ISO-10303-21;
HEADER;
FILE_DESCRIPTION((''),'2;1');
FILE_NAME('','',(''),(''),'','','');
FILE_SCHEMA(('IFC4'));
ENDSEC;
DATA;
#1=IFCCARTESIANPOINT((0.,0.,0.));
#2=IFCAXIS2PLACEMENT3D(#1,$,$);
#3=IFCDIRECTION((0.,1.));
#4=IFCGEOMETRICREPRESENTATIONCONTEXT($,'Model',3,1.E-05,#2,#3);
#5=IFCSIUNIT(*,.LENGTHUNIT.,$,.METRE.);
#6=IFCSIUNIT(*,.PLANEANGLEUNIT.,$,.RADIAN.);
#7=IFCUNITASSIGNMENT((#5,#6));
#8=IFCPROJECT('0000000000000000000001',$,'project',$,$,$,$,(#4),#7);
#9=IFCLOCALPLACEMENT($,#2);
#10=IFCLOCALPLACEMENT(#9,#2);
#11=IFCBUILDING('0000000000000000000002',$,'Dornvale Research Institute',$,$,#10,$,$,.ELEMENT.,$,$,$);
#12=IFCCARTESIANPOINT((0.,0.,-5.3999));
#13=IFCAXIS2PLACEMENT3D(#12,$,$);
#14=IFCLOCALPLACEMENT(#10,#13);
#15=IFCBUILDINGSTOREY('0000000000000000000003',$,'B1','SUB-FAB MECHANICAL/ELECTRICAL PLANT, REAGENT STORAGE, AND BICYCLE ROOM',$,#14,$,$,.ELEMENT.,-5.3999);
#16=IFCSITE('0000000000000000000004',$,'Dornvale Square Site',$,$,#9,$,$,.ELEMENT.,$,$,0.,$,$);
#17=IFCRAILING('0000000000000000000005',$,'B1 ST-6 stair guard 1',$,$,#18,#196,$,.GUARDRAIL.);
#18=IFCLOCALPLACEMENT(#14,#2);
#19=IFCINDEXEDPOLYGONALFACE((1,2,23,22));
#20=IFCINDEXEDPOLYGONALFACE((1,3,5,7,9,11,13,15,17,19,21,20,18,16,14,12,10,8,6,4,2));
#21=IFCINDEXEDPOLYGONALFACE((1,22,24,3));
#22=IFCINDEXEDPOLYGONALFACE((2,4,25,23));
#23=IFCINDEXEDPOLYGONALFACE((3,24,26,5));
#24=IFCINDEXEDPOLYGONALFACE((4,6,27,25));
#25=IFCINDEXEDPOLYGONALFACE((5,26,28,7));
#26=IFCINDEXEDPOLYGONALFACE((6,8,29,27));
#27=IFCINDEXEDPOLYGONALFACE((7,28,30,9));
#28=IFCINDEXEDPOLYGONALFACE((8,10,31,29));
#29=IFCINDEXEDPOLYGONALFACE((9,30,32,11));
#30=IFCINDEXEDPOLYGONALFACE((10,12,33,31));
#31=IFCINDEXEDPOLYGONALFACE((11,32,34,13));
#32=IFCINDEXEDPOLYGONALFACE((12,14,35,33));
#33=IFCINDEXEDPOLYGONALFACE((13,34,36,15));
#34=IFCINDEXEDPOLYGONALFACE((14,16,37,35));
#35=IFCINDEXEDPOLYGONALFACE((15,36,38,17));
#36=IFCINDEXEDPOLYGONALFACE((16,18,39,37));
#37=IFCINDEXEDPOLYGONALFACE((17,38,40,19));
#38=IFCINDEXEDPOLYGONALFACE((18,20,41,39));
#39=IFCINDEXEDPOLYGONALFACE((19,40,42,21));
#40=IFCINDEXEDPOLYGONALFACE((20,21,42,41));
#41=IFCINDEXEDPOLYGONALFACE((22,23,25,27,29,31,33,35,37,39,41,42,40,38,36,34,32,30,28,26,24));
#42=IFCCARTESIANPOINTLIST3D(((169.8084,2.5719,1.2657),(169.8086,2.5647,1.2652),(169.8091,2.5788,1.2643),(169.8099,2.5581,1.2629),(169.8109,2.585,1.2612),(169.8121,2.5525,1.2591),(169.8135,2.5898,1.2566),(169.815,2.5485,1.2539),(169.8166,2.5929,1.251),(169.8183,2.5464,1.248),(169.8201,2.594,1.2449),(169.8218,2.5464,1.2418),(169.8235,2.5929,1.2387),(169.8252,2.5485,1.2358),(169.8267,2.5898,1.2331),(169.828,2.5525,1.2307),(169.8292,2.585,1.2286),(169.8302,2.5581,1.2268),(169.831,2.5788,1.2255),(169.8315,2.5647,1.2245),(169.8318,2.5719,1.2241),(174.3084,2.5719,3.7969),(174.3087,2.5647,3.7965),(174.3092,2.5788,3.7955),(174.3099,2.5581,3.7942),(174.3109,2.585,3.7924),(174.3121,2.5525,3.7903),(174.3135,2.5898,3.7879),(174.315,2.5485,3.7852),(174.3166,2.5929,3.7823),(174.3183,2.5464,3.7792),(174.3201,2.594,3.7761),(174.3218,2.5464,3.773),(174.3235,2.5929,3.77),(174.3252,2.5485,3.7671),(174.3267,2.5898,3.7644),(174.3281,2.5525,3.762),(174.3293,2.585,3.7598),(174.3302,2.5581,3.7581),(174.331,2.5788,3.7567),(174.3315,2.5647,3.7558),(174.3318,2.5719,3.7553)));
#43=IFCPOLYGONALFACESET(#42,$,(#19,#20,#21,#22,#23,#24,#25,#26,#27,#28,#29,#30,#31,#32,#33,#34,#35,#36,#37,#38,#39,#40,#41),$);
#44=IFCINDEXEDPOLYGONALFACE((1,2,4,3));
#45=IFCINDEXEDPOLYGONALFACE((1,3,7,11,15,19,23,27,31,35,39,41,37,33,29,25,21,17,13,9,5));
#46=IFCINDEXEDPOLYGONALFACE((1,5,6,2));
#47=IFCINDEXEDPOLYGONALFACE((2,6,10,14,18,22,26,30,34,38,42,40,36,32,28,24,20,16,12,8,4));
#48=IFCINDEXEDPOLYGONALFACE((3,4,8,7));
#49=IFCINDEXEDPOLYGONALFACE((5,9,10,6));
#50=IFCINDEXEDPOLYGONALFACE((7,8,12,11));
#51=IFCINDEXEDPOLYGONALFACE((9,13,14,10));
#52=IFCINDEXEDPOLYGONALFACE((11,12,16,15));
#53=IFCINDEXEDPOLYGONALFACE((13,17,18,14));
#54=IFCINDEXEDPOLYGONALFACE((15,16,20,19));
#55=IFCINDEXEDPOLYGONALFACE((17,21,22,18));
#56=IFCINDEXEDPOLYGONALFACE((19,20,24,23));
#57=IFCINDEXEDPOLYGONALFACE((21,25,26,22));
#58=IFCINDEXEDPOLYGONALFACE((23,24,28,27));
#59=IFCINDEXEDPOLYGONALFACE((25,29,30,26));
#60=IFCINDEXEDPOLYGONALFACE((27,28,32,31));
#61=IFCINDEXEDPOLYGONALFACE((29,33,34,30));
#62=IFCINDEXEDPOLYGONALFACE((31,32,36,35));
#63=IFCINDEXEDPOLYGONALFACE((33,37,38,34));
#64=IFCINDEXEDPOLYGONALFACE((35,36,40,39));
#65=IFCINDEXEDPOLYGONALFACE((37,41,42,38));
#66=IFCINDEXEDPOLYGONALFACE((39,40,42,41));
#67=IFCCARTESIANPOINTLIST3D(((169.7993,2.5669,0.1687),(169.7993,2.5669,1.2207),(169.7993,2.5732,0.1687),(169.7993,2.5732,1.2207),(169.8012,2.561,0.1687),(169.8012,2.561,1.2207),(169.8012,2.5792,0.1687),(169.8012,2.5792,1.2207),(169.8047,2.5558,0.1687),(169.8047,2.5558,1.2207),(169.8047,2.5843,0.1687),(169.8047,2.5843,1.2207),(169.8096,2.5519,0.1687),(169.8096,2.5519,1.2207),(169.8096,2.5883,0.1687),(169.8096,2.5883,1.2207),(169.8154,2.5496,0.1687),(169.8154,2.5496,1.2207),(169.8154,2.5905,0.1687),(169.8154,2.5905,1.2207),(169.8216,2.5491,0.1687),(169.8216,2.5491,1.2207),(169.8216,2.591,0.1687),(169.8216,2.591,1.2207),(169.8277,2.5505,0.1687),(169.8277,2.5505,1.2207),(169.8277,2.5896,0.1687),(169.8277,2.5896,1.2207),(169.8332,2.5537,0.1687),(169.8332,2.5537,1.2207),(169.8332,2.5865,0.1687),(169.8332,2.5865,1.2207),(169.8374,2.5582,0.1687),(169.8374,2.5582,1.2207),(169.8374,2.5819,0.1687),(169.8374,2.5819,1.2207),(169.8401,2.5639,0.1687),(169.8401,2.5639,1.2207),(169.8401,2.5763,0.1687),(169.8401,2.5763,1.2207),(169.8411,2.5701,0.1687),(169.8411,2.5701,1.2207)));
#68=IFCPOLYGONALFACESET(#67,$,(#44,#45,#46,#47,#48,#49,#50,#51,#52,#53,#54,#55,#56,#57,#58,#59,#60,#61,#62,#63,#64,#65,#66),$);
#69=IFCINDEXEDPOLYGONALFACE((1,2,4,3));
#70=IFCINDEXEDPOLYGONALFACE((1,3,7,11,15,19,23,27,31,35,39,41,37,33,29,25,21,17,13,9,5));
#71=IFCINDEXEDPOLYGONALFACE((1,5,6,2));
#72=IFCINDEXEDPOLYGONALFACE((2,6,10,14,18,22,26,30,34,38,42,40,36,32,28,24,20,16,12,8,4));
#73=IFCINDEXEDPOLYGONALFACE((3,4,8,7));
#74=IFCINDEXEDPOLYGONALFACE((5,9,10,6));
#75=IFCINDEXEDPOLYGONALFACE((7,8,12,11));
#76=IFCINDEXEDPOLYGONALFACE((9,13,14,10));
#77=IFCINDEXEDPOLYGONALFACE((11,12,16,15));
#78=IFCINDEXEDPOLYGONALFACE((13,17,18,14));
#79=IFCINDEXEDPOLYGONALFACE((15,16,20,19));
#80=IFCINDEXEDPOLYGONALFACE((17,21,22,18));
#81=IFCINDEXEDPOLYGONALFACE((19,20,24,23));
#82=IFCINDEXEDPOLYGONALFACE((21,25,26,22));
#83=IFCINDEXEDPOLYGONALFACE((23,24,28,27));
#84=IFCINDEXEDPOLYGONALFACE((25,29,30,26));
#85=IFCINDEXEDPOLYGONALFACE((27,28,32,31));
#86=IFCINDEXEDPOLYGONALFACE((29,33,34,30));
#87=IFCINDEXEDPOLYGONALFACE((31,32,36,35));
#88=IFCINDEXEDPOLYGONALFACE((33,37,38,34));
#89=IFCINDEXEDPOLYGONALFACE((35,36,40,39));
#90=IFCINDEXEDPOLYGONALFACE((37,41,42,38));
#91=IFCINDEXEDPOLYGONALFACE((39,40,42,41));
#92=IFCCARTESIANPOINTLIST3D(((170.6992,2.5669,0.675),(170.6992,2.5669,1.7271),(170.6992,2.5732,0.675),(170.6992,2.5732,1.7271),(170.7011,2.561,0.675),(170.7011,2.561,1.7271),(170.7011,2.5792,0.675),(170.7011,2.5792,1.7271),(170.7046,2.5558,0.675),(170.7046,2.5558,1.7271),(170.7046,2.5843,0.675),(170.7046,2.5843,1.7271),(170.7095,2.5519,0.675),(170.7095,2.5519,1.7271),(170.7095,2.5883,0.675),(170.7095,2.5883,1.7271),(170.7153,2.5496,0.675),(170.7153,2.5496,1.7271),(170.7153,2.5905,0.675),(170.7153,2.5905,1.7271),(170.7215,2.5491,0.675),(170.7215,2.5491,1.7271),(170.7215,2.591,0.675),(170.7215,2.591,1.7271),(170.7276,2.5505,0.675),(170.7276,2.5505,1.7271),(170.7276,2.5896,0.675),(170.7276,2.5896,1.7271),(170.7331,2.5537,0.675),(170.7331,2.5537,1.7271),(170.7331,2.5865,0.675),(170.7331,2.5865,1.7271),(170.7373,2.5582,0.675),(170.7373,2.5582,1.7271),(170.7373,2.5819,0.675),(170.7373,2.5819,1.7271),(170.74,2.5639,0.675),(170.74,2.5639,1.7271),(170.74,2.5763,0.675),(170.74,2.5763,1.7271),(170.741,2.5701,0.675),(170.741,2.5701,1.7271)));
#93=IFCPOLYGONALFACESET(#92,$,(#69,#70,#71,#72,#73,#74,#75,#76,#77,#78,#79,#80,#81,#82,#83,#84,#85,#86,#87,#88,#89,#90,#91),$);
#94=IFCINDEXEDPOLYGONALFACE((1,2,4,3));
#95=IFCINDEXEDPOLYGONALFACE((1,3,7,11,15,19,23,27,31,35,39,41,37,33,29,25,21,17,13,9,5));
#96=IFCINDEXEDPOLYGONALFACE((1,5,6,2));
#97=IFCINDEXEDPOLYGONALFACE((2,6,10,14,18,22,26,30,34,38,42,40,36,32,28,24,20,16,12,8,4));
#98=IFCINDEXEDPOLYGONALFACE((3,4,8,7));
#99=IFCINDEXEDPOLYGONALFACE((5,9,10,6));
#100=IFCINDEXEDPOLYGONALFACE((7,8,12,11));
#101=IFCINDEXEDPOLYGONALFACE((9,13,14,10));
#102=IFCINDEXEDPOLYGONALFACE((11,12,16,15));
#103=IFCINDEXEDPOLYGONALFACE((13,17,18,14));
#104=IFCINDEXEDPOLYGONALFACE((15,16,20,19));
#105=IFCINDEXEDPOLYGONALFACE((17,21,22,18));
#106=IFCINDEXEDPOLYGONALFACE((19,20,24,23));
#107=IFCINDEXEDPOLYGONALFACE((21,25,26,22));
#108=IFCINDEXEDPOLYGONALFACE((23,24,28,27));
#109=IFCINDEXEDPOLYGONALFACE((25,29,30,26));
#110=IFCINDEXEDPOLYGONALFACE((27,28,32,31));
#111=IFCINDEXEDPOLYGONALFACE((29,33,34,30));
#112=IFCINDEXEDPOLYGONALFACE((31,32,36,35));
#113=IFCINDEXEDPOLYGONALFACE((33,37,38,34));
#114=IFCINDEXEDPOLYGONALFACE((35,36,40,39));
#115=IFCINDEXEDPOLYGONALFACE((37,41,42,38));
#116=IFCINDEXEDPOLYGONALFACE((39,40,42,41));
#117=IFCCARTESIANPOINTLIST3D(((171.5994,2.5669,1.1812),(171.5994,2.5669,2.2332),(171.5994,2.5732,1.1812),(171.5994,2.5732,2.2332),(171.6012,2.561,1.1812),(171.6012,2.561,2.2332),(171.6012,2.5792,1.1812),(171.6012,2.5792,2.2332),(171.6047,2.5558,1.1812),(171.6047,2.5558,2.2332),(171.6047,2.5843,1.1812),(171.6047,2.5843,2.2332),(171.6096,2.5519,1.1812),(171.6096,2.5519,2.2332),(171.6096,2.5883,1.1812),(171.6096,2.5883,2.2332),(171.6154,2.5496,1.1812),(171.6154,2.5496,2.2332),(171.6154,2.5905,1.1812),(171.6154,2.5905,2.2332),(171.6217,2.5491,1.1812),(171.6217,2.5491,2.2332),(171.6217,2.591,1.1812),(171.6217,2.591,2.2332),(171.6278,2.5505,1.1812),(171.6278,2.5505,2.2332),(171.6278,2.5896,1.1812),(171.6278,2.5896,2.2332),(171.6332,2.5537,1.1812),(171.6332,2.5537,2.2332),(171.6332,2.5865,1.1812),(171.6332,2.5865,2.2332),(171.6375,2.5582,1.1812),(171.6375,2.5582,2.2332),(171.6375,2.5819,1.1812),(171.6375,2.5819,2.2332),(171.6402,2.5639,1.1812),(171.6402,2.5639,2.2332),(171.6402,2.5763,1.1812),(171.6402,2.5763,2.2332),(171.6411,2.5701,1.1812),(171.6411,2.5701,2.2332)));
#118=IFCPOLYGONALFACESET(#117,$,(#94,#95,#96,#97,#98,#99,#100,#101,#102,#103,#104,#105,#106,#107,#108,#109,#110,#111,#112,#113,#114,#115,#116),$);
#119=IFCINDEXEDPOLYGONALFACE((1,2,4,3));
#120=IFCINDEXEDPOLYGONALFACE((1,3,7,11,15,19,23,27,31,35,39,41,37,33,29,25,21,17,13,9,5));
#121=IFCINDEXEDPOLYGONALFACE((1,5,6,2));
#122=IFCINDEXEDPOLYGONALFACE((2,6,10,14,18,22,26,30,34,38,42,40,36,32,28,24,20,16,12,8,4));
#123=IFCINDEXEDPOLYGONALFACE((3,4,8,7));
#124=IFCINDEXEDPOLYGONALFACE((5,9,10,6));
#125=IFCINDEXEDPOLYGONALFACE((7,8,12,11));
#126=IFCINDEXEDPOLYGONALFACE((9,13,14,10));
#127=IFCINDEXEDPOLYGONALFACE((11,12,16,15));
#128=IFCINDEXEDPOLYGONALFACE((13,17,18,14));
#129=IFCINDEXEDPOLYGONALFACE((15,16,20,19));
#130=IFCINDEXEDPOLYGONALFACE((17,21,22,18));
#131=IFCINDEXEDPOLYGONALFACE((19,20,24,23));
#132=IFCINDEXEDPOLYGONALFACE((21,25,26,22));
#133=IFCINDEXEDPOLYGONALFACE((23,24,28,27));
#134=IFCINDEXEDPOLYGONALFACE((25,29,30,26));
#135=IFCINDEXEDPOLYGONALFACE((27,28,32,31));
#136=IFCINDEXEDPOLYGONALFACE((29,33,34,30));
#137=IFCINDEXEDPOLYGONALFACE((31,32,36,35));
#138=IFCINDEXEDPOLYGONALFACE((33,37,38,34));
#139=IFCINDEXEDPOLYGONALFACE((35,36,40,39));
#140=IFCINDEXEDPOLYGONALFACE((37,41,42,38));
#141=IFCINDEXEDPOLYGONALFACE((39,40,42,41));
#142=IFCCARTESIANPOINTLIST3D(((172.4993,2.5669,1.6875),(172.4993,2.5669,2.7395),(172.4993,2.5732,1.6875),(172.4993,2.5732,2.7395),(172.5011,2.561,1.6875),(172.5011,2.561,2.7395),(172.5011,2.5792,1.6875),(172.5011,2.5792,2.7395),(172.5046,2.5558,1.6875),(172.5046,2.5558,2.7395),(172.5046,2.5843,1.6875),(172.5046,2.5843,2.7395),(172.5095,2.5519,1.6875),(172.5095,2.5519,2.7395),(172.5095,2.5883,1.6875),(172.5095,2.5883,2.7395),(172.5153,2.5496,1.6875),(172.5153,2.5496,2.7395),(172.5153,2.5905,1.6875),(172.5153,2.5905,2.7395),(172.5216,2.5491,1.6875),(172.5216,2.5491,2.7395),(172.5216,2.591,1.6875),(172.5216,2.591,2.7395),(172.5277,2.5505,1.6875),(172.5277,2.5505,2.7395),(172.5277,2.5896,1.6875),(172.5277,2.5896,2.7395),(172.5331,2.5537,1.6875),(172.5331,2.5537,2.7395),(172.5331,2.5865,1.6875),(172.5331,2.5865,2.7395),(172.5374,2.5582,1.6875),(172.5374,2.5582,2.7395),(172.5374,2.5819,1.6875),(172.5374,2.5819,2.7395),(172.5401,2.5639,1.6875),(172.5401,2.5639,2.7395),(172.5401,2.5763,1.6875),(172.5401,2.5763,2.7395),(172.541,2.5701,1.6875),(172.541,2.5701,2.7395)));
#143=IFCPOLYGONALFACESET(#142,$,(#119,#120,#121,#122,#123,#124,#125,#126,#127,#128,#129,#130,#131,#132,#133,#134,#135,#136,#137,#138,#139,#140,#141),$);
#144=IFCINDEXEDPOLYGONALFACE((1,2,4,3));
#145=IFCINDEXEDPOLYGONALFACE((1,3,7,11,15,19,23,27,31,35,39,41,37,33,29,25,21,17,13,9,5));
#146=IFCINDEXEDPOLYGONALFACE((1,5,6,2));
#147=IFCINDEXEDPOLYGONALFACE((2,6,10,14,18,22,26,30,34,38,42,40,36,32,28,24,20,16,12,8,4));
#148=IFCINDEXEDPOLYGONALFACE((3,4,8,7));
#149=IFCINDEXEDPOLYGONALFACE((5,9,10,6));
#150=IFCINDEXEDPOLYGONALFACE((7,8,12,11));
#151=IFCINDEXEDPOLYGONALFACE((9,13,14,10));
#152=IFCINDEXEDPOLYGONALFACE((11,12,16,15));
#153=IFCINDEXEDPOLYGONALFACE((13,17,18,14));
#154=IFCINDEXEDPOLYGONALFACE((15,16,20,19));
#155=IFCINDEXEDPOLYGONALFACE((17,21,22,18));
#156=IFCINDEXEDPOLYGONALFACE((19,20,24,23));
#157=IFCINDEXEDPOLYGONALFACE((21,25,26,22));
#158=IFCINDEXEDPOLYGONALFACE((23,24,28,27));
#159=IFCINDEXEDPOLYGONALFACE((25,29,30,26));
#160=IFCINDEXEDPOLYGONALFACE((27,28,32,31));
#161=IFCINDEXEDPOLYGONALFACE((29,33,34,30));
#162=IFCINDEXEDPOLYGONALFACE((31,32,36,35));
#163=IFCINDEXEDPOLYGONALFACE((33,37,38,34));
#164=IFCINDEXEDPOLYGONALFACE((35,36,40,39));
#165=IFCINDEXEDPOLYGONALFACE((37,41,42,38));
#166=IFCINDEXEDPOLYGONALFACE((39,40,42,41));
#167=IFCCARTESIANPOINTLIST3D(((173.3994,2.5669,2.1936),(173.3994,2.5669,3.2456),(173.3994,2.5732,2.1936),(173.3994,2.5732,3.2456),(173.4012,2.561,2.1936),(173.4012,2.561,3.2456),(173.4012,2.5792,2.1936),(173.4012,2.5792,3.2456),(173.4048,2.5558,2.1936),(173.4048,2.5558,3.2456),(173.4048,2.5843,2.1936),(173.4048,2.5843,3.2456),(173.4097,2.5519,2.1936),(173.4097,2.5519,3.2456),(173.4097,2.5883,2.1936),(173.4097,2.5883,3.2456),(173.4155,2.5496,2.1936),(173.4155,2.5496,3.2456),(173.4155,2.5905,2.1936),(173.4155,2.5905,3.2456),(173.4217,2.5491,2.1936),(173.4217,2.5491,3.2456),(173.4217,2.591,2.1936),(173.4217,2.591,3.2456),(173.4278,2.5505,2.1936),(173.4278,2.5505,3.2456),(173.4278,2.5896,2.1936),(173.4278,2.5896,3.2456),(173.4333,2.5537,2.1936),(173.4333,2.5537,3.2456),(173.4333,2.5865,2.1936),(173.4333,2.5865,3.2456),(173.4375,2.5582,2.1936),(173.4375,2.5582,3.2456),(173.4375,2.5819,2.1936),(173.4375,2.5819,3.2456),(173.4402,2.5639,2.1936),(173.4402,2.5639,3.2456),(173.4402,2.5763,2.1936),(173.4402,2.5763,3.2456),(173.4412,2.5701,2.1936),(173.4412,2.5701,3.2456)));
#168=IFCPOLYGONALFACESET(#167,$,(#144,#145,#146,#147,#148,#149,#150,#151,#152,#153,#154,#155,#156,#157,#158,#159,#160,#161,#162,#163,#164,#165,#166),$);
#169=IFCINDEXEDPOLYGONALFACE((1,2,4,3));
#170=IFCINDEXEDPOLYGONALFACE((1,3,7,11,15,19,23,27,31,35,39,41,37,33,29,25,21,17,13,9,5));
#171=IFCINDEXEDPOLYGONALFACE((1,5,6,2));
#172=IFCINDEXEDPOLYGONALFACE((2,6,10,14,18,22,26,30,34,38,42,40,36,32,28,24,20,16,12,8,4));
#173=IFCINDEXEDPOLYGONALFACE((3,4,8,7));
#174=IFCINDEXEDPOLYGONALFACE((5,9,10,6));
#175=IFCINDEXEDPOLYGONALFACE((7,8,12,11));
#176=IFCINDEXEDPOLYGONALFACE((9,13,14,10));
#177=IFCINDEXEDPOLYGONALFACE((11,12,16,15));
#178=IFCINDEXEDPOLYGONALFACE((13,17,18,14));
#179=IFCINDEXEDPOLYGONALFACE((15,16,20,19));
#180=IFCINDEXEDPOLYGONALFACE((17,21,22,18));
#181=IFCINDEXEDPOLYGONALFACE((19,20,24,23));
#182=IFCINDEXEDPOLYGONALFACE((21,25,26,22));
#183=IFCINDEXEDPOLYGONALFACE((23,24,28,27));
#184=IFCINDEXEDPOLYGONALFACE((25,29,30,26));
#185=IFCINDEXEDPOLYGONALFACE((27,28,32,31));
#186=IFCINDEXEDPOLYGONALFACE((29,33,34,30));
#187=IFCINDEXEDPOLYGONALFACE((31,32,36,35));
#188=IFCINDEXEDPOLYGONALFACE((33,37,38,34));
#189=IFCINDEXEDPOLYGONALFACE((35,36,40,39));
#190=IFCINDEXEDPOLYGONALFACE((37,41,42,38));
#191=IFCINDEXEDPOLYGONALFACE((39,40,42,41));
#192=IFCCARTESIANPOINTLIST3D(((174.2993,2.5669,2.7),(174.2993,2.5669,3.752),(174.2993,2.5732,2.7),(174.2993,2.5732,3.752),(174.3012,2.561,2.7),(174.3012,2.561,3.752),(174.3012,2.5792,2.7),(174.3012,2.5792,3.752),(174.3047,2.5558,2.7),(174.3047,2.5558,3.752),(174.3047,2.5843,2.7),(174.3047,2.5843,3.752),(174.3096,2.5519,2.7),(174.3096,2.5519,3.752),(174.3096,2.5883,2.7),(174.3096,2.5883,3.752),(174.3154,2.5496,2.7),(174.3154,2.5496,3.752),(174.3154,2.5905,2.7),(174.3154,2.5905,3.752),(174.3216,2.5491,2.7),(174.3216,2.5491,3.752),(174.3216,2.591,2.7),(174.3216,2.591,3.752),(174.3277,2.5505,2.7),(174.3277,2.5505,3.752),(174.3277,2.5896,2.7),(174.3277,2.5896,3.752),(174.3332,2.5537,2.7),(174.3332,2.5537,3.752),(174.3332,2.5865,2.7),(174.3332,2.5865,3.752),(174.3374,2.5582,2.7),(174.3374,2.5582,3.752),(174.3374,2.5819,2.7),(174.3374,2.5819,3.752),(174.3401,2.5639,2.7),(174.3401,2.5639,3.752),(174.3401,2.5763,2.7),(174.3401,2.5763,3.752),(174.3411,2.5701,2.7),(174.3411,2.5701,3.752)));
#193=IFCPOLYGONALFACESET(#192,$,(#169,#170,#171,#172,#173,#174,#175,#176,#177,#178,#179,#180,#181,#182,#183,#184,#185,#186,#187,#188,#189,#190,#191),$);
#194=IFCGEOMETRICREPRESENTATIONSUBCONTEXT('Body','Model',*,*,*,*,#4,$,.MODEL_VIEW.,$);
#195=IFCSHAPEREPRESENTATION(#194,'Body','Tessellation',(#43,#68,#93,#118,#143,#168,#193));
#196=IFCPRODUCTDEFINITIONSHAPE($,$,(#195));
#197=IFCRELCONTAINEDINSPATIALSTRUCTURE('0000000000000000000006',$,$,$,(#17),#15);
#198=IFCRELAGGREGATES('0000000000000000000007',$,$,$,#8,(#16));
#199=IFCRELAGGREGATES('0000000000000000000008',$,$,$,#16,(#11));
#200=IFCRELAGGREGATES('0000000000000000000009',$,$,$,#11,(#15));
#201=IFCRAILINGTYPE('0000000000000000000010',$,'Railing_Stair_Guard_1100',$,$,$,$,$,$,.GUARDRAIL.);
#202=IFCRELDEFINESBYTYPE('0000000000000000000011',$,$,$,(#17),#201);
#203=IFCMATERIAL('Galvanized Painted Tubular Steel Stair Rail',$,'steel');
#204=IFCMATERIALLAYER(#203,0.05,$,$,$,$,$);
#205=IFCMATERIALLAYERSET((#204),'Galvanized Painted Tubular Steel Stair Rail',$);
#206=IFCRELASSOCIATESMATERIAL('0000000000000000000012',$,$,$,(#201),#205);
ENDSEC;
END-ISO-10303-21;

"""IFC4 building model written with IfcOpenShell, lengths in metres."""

from ifc_helpers import new_model, si_unit, direction, frame, origin, origin_2d, place, context, subcontext, project, spatial, circle, extrude, material, layer, layer_set, type_object, element, save


model = new_model("IFC4")

# Units and contexts
model_context = context("Model", 3, precision=1e-05, world=origin(), true_north=direction((0.0, 1.0)))
body_context = subcontext(model_context, "Body", "Model", "MODEL_VIEW")
ifc_project = project(units=[si_unit("LENGTHUNIT", "METRE"), si_unit("PLANEANGLEUNIT", "RADIAN")], contexts=[model_context])

# Site, building, storey
site_placement = place(None, origin())
site = spatial("IfcSite", under=ifc_project, at=site_placement, Name="Dornvale Square Site", CompositionType="ELEMENT", RefElevation=0.0)
building_placement = place(site_placement, origin())
building = spatial("IfcBuilding", under=site, at=building_placement, Name="Dornvale Research Institute", CompositionType="ELEMENT")
storey_placement = place(building_placement, frame((0.0, 0.0, -5.3999)))
storey = spatial("IfcBuildingStorey", under=building, at=storey_placement, Name="B1", Description="SUB-FAB MECHANICAL/ELECTRICAL PLANT, REAGENT STORAGE, AND BICYCLE ROOM", CompositionType="ELEMENT", Elevation=-5.3999)

# Railing
ifc_material_1 = material(Name="Galvanized Painted Tubular Steel Stair Rail", Category="steel")
ifc_layer_1 = layer(ifc_material_1, 0.05)
ifc_layer_set_1 = layer_set([ifc_layer_1], Name="Galvanized Painted Tubular Steel Stair Rail")
railing_type_1 = type_object("IfcRailingType", Name="Railing_Stair_Guard_1100", PredefinedType="GUARDRAIL", material=ifc_layer_set_1)
railing_1_placement = place(storey_placement, frame((169.8201, 2.5701, 0.1687)))
element("IfcRailing", 1, at=railing_1_placement, inside=storey, type_object=railing_type_1, Name="B1 ST-6 stair guard 1", PredefinedType="GUARDRAIL", context=body_context, shape_type="SweptSolid", body=[
    extrude(circle(Radius=0.0239, at=origin_2d()), frame((0.0, 0.0, 1.0762), z_axis=(0.871576, 0.0, 0.490261), x_axis=(0.0, 1.0, 0.0)), (0.0, 0.0, 1.0), 5.1631),
    extrude(circle(Radius=0.021, at=origin_2d()), origin(), (0.0, 0.0, 1.0), 1.052),
    extrude(circle(Radius=0.021, at=origin_2d()), frame((0.8999, 0.0, 0.5063)), (0.0, 0.0, 1.0), 1.052),
    extrude(circle(Radius=0.021, at=origin_2d()), frame((1.8, 0.0, 1.0125)), (0.0, 0.0, 1.0), 1.052),
    extrude(circle(Radius=0.021, at=origin_2d()), frame((2.7, 0.0, 1.5188)), (0.0, 0.0, 1.0), 1.052),
    extrude(circle(Radius=0.021, at=origin_2d()), frame((3.6001, 0.0, 2.0249)), (0.0, 0.0, 1.0), 1.052),
    extrude(circle(Radius=0.021, at=origin_2d()), frame((4.5, 0.0, 2.5312)), (0.0, 0.0, 1.0), 1.052),
])

save(model, "model.ifc")
